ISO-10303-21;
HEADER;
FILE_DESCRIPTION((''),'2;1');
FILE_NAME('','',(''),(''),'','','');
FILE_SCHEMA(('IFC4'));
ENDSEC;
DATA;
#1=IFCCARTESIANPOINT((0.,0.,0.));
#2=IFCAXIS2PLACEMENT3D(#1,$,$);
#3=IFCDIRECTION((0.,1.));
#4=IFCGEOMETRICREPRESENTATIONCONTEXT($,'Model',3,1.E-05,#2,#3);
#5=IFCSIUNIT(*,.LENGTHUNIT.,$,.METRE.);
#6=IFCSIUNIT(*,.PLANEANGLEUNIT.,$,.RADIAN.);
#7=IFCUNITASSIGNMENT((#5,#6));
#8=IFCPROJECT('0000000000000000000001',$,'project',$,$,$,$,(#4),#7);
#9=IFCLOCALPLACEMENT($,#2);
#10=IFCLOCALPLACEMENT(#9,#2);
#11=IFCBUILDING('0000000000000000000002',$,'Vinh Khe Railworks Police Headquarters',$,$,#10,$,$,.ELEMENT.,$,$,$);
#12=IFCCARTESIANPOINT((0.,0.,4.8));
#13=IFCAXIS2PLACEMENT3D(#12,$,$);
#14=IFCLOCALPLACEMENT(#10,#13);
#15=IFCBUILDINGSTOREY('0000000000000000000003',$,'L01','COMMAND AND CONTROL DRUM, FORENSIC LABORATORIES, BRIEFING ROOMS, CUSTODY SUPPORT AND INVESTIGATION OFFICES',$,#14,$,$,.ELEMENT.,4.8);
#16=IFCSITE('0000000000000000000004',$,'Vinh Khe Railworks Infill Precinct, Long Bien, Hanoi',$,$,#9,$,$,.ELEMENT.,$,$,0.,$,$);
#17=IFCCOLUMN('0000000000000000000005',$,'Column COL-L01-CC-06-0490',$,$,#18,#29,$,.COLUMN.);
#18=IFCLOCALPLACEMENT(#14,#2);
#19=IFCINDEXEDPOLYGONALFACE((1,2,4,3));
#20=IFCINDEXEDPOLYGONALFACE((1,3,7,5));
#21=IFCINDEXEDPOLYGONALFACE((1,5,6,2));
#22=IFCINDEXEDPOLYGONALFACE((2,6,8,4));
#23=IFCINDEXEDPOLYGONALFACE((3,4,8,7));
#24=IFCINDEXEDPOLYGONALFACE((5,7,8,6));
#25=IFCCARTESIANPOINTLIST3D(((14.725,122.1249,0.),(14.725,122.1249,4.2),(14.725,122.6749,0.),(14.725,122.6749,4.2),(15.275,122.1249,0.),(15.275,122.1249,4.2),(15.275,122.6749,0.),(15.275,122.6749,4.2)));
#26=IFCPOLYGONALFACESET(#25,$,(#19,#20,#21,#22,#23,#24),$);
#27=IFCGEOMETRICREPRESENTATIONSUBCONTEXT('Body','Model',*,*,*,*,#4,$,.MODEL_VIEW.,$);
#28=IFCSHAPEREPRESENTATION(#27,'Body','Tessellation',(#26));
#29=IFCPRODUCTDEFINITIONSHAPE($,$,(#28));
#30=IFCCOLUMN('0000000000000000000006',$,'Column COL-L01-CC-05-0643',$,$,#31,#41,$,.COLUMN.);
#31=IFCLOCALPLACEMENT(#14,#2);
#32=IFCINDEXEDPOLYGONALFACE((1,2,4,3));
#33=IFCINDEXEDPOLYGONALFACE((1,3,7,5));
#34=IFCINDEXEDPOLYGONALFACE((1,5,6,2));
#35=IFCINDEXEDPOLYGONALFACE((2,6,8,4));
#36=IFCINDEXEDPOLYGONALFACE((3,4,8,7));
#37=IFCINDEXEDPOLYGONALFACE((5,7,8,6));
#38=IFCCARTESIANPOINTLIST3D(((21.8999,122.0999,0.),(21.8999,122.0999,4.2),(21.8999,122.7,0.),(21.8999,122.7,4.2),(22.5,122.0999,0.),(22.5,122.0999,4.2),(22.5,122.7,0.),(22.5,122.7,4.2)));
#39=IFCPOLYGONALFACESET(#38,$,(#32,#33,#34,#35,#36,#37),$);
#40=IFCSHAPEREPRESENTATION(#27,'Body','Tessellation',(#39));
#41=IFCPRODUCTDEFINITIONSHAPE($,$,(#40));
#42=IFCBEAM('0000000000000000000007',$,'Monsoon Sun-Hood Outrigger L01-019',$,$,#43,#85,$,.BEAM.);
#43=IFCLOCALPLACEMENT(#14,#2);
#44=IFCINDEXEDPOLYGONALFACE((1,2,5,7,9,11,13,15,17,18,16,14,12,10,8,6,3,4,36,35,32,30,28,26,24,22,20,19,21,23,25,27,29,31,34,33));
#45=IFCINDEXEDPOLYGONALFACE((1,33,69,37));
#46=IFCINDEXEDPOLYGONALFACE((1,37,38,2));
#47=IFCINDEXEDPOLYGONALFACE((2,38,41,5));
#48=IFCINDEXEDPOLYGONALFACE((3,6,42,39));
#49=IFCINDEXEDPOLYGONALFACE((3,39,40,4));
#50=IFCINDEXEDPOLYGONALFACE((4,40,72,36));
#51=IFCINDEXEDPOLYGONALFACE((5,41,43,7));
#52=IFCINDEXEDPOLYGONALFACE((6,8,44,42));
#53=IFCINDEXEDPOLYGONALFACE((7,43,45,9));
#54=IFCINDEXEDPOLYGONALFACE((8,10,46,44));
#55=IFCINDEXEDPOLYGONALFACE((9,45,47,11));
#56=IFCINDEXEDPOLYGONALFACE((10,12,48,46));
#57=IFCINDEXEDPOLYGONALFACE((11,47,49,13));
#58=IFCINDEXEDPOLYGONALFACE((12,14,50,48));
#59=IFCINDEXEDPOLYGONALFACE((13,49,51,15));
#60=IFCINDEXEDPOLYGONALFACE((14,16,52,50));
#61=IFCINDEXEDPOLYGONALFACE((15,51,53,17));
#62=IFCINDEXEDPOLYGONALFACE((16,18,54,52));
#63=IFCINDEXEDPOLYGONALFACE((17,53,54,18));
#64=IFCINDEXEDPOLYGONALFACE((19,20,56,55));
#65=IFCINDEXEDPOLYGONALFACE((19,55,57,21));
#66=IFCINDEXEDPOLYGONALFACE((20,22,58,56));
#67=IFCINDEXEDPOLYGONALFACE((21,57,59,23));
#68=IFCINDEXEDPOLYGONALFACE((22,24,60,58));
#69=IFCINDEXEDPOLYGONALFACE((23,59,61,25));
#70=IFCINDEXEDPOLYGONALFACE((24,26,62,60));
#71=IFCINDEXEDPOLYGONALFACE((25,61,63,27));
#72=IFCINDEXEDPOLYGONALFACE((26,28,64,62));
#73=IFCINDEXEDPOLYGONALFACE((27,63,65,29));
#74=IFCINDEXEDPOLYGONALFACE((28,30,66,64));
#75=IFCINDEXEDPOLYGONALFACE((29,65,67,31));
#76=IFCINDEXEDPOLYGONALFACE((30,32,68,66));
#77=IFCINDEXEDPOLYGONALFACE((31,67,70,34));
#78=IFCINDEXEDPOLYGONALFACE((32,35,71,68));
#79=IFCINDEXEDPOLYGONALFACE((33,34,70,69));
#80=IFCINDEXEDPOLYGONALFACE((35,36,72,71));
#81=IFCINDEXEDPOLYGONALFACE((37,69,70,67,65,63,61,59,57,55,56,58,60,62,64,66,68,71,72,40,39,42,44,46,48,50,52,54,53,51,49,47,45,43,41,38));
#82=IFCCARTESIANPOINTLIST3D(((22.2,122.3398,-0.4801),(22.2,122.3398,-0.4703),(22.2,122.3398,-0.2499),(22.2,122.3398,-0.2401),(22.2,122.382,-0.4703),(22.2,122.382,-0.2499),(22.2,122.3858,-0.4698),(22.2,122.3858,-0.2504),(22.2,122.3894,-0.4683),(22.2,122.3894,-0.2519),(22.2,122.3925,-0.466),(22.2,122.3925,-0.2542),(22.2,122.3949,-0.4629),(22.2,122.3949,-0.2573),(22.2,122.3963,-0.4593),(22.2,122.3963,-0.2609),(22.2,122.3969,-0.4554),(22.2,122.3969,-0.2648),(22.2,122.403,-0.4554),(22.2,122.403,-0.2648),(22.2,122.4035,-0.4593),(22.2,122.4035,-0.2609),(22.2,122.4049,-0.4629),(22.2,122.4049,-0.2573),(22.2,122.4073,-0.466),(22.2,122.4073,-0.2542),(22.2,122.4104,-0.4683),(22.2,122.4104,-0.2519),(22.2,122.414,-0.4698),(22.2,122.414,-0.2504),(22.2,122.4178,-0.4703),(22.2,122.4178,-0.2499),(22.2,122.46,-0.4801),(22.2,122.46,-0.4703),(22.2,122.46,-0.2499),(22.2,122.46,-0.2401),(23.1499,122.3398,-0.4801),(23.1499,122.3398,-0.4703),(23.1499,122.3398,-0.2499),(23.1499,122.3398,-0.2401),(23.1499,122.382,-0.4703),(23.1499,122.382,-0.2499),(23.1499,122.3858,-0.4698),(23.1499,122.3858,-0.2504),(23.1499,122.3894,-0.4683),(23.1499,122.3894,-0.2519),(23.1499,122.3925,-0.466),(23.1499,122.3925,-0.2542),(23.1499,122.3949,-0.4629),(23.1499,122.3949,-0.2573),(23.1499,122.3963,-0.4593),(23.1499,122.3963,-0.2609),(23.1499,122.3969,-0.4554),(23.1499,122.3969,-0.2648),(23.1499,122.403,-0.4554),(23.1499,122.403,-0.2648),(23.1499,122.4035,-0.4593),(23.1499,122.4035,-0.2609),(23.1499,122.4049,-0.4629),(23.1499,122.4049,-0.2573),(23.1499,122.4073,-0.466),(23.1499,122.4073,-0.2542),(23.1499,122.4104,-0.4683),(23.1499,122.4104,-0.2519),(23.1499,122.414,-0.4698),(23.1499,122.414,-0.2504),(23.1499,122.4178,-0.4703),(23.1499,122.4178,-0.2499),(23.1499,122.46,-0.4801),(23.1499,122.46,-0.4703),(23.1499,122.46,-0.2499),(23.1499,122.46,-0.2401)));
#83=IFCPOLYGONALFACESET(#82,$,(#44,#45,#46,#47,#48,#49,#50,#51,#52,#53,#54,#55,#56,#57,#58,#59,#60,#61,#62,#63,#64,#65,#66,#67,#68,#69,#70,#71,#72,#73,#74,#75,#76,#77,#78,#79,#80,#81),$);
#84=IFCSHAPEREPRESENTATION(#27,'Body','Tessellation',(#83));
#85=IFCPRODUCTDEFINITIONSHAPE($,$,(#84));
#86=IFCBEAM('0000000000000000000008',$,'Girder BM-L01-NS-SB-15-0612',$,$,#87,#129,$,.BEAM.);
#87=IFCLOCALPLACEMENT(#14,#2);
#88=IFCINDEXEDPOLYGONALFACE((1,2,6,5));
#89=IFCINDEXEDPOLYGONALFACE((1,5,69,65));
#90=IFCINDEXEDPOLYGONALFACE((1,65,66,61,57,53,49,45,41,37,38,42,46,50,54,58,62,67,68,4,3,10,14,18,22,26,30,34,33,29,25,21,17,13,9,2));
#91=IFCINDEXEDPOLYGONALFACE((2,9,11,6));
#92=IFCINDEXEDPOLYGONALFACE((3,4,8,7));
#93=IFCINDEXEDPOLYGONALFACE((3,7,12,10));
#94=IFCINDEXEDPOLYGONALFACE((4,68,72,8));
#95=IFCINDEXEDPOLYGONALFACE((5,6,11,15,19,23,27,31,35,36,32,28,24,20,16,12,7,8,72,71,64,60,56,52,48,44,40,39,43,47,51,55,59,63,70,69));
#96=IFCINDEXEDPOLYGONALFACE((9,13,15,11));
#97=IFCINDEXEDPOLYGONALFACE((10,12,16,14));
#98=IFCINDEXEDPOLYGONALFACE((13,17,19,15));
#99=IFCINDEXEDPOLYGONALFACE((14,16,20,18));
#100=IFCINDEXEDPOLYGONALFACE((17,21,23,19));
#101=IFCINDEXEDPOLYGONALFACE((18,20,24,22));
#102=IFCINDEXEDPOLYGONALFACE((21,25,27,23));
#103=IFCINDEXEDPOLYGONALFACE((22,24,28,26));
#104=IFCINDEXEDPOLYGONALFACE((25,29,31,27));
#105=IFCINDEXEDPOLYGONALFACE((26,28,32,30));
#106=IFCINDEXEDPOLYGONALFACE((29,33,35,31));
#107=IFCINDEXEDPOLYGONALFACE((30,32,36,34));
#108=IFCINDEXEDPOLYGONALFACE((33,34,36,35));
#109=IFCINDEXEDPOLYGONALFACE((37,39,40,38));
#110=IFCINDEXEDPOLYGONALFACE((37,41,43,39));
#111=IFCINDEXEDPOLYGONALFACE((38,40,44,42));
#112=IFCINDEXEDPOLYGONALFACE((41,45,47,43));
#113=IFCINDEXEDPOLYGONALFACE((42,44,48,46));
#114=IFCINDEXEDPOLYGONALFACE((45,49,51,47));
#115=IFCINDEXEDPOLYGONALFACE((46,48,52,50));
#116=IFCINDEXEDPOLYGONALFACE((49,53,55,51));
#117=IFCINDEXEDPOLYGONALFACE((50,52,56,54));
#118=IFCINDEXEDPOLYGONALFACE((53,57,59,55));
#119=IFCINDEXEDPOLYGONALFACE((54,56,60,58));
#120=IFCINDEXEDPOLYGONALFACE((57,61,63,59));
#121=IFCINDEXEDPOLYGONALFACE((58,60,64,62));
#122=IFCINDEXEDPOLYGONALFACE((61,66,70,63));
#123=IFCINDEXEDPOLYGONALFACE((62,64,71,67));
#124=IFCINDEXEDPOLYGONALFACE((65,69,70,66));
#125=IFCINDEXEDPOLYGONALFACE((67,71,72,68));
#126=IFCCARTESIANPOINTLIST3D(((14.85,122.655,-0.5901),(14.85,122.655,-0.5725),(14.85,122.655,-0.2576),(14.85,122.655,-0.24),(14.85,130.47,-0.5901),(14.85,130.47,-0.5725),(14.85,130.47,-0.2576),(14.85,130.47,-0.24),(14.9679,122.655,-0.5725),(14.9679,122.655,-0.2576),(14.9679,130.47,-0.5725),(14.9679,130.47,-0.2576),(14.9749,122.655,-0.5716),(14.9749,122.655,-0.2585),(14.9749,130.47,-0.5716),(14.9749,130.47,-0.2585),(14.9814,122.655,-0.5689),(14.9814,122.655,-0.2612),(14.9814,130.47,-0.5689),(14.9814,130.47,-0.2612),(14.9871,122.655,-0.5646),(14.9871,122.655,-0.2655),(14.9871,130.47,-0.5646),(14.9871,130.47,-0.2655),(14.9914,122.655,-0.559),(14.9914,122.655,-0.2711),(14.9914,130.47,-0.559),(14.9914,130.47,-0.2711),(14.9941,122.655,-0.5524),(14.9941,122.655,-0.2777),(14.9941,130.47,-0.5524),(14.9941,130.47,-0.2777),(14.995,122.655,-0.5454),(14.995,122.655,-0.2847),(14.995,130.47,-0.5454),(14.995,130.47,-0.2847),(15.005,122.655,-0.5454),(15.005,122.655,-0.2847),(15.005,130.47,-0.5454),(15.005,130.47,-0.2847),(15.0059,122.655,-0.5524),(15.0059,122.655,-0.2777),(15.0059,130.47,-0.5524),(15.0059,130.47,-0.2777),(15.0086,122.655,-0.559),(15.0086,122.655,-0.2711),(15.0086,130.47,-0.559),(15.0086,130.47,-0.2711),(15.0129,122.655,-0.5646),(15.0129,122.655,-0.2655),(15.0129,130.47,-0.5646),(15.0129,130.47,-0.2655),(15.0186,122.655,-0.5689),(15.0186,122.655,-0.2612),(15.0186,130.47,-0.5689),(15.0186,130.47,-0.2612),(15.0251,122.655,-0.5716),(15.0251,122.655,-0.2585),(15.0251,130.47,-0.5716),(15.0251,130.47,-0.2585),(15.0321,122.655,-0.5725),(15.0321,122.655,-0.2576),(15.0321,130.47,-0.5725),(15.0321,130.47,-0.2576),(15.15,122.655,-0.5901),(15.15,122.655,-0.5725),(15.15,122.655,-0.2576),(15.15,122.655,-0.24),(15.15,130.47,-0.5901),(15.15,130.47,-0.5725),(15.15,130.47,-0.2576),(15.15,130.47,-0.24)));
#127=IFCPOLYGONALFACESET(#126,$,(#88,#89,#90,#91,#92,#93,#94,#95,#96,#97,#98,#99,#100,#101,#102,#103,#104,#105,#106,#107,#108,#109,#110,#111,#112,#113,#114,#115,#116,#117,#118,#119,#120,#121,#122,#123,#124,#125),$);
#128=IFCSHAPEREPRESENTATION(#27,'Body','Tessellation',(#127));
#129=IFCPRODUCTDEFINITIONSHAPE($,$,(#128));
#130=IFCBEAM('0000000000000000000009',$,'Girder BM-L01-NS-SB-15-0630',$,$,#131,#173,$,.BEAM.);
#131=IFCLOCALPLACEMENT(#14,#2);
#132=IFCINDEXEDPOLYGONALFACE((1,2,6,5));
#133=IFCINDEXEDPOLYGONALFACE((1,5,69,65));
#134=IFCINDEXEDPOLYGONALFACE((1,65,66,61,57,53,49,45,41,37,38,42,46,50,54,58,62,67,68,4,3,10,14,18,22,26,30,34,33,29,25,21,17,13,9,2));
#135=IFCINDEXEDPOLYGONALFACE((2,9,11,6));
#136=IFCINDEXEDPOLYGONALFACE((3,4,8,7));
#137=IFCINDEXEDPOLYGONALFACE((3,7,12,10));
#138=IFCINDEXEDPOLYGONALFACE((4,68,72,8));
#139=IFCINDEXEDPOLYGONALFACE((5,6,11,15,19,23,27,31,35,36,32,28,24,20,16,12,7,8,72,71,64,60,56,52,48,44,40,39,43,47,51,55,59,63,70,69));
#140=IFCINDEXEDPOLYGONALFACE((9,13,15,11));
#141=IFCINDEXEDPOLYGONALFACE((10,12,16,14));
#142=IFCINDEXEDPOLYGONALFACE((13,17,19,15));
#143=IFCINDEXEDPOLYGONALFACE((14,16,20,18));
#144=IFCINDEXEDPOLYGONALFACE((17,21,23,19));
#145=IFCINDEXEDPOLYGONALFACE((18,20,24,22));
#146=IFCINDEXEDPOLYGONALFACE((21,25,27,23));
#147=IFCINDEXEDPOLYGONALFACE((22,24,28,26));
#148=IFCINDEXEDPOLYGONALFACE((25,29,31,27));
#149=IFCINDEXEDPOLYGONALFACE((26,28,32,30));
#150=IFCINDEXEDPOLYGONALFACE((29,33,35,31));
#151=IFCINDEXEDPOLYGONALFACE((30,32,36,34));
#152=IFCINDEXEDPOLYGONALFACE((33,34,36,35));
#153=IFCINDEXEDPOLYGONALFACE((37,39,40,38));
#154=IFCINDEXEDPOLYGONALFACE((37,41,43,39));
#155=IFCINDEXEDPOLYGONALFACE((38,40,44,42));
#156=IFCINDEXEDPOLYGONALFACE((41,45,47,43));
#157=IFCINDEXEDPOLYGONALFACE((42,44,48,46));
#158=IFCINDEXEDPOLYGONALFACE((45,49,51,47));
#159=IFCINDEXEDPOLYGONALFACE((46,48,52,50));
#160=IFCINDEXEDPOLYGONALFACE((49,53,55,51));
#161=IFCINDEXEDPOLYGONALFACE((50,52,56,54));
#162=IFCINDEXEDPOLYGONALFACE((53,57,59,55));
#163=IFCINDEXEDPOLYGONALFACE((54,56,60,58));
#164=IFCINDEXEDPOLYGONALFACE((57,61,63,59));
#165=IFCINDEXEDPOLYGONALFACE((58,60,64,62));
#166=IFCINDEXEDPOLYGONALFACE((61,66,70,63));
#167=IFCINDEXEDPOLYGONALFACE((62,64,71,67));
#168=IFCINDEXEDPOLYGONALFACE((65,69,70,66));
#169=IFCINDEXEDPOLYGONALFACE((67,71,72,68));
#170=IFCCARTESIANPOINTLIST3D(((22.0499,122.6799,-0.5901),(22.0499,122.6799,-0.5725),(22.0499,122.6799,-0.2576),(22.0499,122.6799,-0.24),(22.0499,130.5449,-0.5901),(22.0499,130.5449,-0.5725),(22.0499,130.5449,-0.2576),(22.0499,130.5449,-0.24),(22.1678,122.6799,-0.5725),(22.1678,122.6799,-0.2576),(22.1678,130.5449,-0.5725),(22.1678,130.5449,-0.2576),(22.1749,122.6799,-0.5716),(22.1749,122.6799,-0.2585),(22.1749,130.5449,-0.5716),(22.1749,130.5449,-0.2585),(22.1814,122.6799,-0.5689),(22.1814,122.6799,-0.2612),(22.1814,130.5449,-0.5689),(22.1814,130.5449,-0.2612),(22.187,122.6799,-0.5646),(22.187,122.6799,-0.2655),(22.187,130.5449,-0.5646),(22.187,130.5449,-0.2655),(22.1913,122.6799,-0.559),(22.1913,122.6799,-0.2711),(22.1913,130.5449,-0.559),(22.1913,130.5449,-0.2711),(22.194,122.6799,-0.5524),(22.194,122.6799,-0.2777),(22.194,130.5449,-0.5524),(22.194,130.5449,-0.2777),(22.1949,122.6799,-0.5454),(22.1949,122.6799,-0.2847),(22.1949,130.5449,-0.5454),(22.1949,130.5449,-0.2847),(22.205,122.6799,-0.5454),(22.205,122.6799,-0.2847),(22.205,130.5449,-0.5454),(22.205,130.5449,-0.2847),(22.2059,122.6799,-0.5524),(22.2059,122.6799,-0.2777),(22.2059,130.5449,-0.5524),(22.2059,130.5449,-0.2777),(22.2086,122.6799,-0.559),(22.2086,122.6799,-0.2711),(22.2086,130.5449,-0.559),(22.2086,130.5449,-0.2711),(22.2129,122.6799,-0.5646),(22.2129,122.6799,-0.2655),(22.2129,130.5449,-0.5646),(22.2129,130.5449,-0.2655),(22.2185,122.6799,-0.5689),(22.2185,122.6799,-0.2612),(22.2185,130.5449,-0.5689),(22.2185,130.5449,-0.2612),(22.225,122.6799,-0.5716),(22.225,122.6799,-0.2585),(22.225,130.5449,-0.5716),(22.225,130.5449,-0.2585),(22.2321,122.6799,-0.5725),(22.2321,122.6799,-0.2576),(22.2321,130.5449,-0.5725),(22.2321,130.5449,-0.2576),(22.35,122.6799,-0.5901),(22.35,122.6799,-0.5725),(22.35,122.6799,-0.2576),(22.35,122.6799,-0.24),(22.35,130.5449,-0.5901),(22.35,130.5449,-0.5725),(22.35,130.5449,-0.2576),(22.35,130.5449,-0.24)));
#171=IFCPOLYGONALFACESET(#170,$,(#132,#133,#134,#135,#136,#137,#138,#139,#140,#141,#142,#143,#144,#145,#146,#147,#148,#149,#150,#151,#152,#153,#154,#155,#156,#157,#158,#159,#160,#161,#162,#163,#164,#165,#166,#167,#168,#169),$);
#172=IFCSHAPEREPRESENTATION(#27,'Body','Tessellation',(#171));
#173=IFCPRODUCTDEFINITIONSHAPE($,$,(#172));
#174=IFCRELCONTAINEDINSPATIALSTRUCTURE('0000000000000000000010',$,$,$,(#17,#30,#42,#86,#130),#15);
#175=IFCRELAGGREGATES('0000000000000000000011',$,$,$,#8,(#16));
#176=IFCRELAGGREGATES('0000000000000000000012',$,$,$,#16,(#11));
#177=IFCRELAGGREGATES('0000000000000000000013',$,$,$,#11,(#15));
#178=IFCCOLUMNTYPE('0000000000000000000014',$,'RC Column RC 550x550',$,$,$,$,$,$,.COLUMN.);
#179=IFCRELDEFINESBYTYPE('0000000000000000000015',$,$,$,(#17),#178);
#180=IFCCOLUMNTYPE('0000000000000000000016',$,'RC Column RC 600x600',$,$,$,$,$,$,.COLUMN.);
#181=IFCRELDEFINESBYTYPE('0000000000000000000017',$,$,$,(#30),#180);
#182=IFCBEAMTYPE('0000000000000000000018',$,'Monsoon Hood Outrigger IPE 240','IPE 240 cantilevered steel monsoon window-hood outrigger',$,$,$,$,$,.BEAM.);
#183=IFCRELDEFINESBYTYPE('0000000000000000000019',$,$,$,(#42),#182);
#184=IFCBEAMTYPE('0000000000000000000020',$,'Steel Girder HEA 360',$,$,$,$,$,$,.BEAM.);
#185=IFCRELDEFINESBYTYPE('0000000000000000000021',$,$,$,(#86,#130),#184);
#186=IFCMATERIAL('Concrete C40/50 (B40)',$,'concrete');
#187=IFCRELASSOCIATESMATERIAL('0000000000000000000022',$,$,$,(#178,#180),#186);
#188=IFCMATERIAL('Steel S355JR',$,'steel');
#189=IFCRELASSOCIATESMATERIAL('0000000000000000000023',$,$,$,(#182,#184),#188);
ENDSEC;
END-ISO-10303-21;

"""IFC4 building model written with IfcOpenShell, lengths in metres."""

from ifc_helpers import new_model, si_unit, direction, frame, origin, origin_2d, place, context, subcontext, project, spatial, rectangle, i_section, extrude, material, material_profile, profile_set, type_object, element, save


model = new_model("IFC4")

# Units and contexts
model_context = context("Model", 3, precision=1e-05, world=origin(), true_north=direction((0.0, 1.0)))
body_context = subcontext(model_context, "Body", "Model", "MODEL_VIEW")
ifc_project = project(units=[si_unit("LENGTHUNIT", "METRE"), si_unit("PLANEANGLEUNIT", "RADIAN")], contexts=[model_context])

# Site, building, storey
site_placement = place(None, origin())
site = spatial("IfcSite", under=ifc_project, at=site_placement, Name="Vinh Khe Railworks Infill Precinct, Long Bien, Hanoi", CompositionType="ELEMENT", RefElevation=0.0)
building_placement = place(site_placement, origin())
building = spatial("IfcBuilding", under=site, at=building_placement, Name="Vinh Khe Railworks Police Headquarters", CompositionType="ELEMENT")
storey_placement = place(building_placement, frame((0.0, 0.0, 4.8)))
storey = spatial("IfcBuildingStorey", under=building, at=storey_placement, Name="L01", Description="COMMAND AND CONTROL DRUM, FORENSIC LABORATORIES, BRIEFING ROOMS, CUSTODY SUPPORT AND INVESTIGATION OFFICES", CompositionType="ELEMENT", Elevation=4.8)

# Columns
ifc_material_1 = material(Name="Concrete C40/50 (B40)", Category="concrete")
ifc_material_profile_1 = material_profile(ifc_material_1, rectangle(XDim=0.55, YDim=0.55, at=origin_2d()), Name="RC 550x550")
ifc_profile_set_1 = profile_set([ifc_material_profile_1], Name="Concrete C40/50 (B40)")
column_type_1 = type_object("IfcColumnType", Name="RC Column RC 550x550", PredefinedType="COLUMN", material=ifc_profile_set_1)
column_1_placement = place(storey_placement, frame((15.0, 122.3999, 0.0), z_axis=(0.0, 0.0, 1.0), x_axis=(1.0, 0.0, 0.0)))
element("IfcColumn", 1, at=column_1_placement, inside=storey, type_object=column_type_1, Name="Column COL-L01-CC-06-0490", PredefinedType="COLUMN", context=body_context, shape_type="SweptSolid", body=[
    extrude(rectangle(XDim=0.55, YDim=0.55, at=origin_2d()), origin(), (0.0, 0.0, 1.0), 4.2),
])
ifc_material_profile_2 = material_profile(ifc_material_1, rectangle(XDim=0.6001, YDim=0.6001, at=origin_2d()), Name="RC 600x600")
ifc_profile_set_2 = profile_set([ifc_material_profile_2], Name="Concrete C40/50 (B40)")
column_type_2 = type_object("IfcColumnType", Name="RC Column RC 600x600", PredefinedType="COLUMN", material=ifc_profile_set_2)
column_2_placement = place(storey_placement, frame((22.2, 122.3999, 0.0), z_axis=(0.0, 0.0, 1.0), x_axis=(1.0, 0.0, 0.0)))
element("IfcColumn", 2, at=column_2_placement, inside=storey, type_object=column_type_2, Name="Column COL-L01-CC-05-0643", PredefinedType="COLUMN", context=body_context, shape_type="SweptSolid", body=[
    extrude(rectangle(XDim=0.6001, YDim=0.6001, at=origin_2d()), origin(), (0.0, 0.0, 1.0), 4.2),
])

# Beams
ifc_material_2 = material(Name="Steel S355JR", Category="steel")
ifc_material_profile_3 = material_profile(ifc_material_2, i_section(OverallWidth=0.1201, OverallDepth=0.24, WebThickness=0.0061, FlangeThickness=0.0098, FilletRadius=0.0149, at=origin_2d()), Name="IPE 240")
ifc_profile_set_3 = profile_set([ifc_material_profile_3], Name="Steel S355JR")
beam_type_1 = type_object("IfcBeamType", Name="Monsoon Hood Outrigger IPE 240", Description="IPE 240 cantilevered steel monsoon window-hood outrigger", PredefinedType="BEAM", material=ifc_profile_set_3)
beam_1_placement = place(storey_placement, frame((22.2, 122.3999, -0.3601), z_axis=(1.0, 0.0, 0.0), x_axis=(0.0, 1.0, 0.0)))
element("IfcBeam", 3, at=beam_1_placement, inside=storey, type_object=beam_type_1, Name="Monsoon Sun-Hood Outrigger L01-019", PredefinedType="BEAM", context=body_context, shape_type="SweptSolid", body=[
    extrude(i_section(OverallWidth=0.1201, OverallDepth=0.24, WebThickness=0.0061, FlangeThickness=0.0098, FilletRadius=0.0149, at=origin_2d()), origin(), (0.0, 0.0, 1.0), 0.95),
])
ifc_material_profile_4 = material_profile(ifc_material_2, i_section(OverallWidth=0.3, OverallDepth=0.3501, WebThickness=0.01, FlangeThickness=0.0176, FilletRadius=0.0271, at=origin_2d()), Name="HEA 360")
ifc_profile_set_4 = profile_set([ifc_material_profile_4], Name="Steel S355JR")
beam_type_2 = type_object("IfcBeamType", Name="Steel Girder HEA 360", PredefinedType="BEAM", material=ifc_profile_set_4)
beam_2_placement = place(storey_placement, frame((15.0, 122.655, -0.415), z_axis=(0.0, 1.0, 0.0), x_axis=(-1.0, 0.0, 0.0)))
element("IfcBeam", 4, at=beam_2_placement, inside=storey, type_object=beam_type_2, Name="Girder BM-L01-NS-SB-15-0612", PredefinedType="BEAM", context=body_context, shape_type="SweptSolid", body=[
    extrude(i_section(OverallWidth=0.3, OverallDepth=0.3501, WebThickness=0.01, FlangeThickness=0.0176, FilletRadius=0.0271, at=origin_2d()), origin(), (0.0, 0.0, 1.0), 7.8149),
])
beam_3_placement = place(storey_placement, frame((22.2, 122.6799, -0.415), z_axis=(0.0, 1.0, 0.0), x_axis=(-1.0, 0.0, 0.0)))
element("IfcBeam", 5, at=beam_3_placement, inside=storey, type_object=beam_type_2, Name="Girder BM-L01-NS-SB-15-0630", PredefinedType="BEAM", context=body_context, shape_type="SweptSolid", body=[
    extrude(i_section(OverallWidth=0.3, OverallDepth=0.3501, WebThickness=0.01, FlangeThickness=0.0176, FilletRadius=0.0271, at=origin_2d()), origin(), (0.0, 0.0, 1.0), 7.865),
])

save(model, "model.ifc")
